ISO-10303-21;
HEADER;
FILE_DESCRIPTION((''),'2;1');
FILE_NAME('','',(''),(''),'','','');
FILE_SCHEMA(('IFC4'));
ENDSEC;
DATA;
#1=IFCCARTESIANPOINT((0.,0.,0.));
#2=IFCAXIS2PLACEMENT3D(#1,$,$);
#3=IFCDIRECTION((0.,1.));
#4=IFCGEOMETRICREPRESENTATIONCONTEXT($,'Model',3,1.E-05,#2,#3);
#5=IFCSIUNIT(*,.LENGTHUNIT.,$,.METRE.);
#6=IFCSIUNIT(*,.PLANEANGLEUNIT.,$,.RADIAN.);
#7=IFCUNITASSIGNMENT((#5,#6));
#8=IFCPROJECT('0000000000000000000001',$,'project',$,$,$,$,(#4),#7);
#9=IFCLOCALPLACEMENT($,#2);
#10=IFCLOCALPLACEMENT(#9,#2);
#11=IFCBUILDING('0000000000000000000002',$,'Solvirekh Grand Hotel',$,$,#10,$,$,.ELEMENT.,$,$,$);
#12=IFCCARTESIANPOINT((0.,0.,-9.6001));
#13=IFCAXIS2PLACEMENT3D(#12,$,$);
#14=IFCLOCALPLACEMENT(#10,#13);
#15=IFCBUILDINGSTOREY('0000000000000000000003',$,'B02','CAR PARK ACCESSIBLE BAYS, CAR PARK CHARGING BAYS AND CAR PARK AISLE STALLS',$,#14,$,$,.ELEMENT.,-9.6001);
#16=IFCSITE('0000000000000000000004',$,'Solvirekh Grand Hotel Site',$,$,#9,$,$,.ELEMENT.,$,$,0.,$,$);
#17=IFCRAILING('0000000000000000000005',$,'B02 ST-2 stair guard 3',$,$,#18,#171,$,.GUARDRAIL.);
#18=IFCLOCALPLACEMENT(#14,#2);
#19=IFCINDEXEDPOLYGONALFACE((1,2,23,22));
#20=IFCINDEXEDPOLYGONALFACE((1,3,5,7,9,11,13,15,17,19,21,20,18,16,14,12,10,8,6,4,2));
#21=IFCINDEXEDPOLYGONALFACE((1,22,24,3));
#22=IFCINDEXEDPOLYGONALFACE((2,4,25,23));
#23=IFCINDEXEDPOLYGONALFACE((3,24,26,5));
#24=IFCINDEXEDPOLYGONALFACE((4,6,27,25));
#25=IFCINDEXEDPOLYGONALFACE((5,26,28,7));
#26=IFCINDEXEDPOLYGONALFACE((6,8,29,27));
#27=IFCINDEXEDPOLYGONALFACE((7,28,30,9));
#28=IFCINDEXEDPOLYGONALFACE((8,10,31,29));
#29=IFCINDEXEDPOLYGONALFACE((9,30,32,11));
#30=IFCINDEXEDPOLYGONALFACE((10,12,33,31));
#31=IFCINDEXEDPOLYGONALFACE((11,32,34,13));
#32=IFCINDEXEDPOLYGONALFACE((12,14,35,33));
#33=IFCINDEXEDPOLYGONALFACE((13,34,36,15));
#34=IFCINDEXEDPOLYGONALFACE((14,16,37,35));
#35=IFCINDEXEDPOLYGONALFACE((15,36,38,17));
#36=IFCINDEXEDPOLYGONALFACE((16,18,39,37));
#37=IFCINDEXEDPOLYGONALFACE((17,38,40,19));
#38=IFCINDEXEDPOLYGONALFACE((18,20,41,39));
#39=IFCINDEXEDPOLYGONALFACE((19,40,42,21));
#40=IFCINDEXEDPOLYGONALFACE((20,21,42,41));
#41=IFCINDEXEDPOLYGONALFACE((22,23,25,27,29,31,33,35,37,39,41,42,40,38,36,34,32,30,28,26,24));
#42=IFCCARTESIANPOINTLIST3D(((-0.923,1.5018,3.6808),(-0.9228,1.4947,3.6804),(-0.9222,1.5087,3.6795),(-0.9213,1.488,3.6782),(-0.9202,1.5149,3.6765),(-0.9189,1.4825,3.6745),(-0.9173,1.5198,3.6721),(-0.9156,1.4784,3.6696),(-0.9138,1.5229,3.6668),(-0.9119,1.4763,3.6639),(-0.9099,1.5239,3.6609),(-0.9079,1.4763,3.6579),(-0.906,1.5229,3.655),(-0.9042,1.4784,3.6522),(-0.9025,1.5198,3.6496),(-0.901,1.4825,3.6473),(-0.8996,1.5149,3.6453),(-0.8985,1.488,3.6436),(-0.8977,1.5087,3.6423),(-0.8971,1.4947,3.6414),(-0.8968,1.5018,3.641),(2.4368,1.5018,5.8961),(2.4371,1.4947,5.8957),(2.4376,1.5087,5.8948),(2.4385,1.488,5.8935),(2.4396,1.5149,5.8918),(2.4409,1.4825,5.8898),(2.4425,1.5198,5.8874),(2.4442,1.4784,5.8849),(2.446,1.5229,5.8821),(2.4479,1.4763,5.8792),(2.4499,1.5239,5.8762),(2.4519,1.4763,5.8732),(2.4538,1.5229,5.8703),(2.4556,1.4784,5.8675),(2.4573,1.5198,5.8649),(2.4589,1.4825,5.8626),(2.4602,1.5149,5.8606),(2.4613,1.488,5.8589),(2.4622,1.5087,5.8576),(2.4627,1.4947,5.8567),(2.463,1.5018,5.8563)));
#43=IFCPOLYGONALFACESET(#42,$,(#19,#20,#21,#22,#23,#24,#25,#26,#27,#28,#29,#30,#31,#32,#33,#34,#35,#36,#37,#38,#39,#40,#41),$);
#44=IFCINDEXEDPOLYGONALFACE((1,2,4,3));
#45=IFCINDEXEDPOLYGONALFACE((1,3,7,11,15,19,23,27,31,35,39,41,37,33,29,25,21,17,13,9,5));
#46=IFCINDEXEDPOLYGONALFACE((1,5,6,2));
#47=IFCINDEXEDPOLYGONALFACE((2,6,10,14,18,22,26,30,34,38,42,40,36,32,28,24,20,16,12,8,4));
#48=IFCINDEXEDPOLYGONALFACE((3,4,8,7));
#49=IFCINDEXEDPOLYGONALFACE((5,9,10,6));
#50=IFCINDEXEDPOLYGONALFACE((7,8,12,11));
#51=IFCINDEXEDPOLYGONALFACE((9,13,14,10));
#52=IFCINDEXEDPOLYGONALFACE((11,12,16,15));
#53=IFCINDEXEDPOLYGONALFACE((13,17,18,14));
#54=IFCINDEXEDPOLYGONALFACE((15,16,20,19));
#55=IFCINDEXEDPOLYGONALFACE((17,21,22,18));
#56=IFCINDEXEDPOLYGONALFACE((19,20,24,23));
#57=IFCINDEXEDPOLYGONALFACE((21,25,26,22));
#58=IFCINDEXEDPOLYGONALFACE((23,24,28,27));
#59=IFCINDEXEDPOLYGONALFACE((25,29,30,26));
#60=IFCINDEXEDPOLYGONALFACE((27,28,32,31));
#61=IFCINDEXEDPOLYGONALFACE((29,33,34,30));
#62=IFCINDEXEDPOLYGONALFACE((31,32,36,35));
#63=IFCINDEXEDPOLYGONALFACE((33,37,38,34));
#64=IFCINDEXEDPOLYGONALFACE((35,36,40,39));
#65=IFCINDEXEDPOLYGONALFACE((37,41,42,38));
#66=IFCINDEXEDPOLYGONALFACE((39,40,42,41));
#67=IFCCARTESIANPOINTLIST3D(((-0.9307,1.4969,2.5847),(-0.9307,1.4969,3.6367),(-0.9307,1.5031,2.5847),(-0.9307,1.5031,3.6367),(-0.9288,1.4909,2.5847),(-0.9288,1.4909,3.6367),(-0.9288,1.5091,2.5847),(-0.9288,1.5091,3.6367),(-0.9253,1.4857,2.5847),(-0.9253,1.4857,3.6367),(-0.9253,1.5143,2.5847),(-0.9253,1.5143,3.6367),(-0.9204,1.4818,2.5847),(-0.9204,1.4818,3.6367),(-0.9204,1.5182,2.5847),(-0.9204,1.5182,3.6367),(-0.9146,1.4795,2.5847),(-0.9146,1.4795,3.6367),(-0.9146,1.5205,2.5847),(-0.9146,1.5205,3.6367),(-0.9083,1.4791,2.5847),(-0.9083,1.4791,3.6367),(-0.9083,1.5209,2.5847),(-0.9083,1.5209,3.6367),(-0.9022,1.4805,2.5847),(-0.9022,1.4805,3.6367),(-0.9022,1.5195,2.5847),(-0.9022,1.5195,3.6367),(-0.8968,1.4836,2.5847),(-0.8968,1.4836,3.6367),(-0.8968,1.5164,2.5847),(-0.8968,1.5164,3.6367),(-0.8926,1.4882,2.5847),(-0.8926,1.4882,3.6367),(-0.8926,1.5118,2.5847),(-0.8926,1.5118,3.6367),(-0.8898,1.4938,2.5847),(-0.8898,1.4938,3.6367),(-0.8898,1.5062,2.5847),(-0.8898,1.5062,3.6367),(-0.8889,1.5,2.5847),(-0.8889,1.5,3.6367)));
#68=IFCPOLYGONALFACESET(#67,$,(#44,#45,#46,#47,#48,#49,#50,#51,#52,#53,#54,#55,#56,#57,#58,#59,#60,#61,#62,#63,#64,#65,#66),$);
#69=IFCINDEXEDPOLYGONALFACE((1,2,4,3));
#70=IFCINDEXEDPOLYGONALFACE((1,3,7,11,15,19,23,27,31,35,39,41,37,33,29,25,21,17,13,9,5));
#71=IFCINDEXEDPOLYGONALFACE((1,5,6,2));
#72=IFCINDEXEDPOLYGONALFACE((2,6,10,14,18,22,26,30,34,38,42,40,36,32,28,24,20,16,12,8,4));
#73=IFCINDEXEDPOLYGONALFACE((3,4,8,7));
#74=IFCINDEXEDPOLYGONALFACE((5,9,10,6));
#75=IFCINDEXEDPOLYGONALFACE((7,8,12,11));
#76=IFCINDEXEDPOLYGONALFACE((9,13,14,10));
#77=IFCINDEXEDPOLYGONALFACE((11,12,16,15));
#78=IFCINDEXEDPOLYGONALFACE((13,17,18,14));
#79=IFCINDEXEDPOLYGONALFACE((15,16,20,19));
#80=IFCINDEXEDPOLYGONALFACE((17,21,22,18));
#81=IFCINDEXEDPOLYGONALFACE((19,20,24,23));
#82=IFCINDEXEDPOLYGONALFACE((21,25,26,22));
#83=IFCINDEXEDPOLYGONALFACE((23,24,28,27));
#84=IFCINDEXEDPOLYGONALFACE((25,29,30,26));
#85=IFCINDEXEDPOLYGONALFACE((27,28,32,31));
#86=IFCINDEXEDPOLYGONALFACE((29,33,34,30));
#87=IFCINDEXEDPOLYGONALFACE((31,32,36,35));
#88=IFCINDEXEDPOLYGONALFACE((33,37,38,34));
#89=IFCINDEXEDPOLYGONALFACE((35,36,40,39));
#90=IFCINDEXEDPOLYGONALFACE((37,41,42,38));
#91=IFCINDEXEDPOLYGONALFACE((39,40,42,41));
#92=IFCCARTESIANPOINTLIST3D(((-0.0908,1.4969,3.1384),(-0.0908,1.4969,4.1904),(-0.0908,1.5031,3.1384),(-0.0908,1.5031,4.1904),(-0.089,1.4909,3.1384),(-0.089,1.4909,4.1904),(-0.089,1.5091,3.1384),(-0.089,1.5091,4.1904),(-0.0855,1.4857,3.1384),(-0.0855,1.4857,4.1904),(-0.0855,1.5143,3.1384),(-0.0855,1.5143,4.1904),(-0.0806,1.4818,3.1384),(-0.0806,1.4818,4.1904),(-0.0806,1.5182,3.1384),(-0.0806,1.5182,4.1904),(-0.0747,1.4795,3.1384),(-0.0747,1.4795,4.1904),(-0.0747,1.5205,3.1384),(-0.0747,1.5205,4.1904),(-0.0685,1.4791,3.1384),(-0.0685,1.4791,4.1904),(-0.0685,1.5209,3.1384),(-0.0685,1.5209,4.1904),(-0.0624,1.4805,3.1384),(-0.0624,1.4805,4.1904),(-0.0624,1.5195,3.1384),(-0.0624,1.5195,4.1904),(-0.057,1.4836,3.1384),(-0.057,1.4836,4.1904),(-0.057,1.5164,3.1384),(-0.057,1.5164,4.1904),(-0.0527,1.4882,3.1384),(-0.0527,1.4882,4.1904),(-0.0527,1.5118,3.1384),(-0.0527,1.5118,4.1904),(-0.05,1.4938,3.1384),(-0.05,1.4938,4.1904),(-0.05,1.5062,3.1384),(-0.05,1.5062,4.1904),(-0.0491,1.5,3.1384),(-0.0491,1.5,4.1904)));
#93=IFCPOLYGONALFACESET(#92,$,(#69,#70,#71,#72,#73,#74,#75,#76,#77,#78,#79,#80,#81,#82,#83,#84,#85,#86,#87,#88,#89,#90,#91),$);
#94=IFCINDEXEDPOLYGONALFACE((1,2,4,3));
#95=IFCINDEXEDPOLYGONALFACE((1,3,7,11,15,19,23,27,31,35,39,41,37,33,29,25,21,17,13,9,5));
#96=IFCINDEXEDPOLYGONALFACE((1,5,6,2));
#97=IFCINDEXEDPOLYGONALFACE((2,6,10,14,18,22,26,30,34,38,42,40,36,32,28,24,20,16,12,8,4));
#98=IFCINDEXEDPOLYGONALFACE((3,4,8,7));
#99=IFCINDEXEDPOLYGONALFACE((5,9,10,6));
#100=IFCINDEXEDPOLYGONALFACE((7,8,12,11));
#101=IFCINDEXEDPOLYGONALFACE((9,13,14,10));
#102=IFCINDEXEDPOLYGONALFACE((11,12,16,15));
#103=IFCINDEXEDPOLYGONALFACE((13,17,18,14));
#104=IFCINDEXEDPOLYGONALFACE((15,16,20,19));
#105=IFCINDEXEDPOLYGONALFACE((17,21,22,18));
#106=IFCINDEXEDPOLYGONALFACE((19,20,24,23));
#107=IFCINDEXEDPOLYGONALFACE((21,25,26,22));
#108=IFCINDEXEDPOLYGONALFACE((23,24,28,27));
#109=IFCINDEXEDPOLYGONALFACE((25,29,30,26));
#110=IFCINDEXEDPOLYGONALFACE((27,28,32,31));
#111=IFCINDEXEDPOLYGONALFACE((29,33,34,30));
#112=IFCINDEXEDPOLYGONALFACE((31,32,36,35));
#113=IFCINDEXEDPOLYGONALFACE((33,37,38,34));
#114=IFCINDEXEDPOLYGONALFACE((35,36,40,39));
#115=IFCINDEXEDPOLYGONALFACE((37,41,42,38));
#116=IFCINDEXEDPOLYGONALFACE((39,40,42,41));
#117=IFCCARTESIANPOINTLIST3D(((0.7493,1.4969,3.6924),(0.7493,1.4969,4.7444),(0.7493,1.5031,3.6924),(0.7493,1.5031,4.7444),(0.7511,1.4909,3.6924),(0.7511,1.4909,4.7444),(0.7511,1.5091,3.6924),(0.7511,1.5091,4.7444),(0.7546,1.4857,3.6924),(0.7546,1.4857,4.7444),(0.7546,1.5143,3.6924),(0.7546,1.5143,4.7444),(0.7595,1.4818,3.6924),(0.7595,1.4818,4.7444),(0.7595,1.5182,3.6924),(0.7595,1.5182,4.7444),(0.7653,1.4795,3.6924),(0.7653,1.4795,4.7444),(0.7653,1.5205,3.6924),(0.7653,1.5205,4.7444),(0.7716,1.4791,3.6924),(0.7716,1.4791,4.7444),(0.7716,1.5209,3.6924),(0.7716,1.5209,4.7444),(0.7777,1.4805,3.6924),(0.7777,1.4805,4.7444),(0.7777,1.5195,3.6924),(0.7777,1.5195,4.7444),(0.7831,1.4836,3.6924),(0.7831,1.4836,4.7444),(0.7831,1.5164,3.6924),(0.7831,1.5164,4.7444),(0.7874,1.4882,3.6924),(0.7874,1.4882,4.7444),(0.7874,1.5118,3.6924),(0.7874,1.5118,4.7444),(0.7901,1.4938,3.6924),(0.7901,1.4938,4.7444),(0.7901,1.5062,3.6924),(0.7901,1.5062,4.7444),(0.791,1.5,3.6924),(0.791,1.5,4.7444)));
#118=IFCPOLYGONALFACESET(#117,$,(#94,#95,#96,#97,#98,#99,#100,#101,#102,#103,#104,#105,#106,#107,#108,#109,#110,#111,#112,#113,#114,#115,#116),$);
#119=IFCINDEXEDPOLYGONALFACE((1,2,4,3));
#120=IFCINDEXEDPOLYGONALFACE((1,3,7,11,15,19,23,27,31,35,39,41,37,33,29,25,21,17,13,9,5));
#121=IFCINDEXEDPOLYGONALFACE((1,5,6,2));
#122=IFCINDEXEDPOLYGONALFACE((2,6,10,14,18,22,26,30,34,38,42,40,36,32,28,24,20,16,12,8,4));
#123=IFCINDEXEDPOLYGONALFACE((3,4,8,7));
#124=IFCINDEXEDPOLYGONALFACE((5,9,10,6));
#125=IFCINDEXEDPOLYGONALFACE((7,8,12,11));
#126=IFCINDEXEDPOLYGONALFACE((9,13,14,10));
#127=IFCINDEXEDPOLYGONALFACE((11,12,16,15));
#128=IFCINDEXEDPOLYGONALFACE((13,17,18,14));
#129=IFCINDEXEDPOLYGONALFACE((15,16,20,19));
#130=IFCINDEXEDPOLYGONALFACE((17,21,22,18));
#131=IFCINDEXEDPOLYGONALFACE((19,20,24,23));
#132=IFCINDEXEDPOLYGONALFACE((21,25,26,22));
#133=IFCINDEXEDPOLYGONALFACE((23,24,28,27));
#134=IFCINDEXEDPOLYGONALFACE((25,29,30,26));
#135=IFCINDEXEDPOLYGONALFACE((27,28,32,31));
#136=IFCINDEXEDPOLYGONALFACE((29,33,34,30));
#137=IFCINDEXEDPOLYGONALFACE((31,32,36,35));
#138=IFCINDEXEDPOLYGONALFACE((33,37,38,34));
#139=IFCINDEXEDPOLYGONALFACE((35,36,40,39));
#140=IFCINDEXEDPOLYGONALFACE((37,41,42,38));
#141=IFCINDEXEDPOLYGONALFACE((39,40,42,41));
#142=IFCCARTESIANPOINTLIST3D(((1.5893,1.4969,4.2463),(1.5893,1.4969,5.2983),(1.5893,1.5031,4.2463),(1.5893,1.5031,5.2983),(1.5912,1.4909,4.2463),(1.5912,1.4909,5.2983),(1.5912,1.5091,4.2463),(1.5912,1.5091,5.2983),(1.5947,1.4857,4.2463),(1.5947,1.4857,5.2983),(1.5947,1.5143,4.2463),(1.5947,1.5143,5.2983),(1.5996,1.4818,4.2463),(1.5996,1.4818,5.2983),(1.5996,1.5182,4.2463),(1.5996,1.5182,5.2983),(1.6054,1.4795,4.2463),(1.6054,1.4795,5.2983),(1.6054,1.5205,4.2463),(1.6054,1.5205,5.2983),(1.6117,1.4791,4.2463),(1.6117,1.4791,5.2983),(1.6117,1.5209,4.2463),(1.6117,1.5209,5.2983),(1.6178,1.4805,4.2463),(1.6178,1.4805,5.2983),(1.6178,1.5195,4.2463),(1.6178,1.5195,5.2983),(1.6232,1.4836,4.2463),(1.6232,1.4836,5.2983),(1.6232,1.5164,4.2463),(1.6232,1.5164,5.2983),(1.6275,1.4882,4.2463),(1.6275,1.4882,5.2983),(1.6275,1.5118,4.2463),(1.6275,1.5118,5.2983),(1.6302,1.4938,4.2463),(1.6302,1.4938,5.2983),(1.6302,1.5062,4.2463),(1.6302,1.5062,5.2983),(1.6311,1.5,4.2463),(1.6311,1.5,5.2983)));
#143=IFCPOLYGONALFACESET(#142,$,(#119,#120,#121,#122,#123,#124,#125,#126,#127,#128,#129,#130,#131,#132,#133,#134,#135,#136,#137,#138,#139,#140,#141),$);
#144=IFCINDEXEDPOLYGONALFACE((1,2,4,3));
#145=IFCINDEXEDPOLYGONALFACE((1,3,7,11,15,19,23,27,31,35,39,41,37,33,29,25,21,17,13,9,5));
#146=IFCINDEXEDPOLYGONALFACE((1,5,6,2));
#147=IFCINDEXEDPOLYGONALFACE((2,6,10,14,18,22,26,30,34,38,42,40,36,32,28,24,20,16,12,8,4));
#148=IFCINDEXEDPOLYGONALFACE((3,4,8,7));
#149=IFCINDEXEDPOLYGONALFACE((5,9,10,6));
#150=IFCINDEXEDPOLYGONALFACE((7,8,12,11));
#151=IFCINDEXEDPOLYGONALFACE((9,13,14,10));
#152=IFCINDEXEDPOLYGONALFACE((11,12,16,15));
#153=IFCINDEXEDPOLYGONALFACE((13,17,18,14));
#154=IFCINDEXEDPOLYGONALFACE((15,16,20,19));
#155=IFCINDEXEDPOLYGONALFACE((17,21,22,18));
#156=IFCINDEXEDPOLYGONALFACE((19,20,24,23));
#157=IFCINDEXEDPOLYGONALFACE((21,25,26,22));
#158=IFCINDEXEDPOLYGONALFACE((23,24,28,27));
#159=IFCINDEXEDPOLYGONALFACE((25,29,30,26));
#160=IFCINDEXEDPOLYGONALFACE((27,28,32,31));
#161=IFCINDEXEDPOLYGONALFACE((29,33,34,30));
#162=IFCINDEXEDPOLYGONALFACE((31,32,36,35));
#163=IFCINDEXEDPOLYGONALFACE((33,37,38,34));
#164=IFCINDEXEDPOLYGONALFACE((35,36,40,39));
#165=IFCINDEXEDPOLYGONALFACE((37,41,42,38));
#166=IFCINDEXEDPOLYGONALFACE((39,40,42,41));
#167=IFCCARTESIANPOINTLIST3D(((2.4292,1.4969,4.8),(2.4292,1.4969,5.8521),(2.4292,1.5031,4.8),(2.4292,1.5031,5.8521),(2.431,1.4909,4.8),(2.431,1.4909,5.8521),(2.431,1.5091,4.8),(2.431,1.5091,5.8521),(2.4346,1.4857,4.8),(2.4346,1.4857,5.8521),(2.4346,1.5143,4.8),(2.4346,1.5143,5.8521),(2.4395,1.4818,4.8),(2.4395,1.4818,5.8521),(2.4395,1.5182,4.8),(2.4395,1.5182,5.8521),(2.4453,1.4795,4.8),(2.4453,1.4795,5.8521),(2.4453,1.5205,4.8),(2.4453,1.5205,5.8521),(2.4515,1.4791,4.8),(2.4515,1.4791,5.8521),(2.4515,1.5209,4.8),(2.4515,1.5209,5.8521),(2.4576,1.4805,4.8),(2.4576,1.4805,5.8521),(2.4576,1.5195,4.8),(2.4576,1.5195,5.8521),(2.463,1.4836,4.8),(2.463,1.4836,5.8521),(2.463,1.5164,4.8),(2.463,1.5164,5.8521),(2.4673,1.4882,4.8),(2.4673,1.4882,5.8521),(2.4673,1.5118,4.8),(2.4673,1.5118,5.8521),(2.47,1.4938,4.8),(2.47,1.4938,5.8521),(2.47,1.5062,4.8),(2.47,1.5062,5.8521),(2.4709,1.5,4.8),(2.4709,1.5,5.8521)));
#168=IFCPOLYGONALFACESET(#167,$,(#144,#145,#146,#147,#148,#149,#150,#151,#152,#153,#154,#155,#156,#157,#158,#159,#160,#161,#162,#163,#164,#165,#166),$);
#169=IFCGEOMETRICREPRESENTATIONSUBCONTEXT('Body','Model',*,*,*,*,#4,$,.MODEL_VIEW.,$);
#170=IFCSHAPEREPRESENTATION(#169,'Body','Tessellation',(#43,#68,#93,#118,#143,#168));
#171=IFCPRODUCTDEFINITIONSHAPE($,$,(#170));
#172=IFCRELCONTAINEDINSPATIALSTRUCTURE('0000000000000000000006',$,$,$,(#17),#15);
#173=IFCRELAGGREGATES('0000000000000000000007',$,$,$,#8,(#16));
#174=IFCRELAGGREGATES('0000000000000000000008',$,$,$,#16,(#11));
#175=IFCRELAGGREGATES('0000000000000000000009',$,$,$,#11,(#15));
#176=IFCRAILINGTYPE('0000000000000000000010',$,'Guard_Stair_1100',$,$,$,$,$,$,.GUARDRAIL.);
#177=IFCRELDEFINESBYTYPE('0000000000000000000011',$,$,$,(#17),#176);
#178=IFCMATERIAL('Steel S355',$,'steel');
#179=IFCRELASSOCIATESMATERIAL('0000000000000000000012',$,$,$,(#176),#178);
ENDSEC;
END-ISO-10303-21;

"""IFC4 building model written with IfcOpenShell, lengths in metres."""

from ifc_helpers import new_model, si_unit, direction, frame, origin, origin_2d, place, context, subcontext, project, spatial, circle, extrude, material, type_object, element, save


model = new_model("IFC4")

# Units and contexts
model_context = context("Model", 3, precision=1e-05, world=origin(), true_north=direction((0.0, 1.0)))
body_context = subcontext(model_context, "Body", "Model", "MODEL_VIEW")
ifc_project = project(units=[si_unit("LENGTHUNIT", "METRE"), si_unit("PLANEANGLEUNIT", "RADIAN")], contexts=[model_context])

# Site, building, storey
site_placement = place(None, origin())
site = spatial("IfcSite", under=ifc_project, at=site_placement, Name="Solvirekh Grand Hotel Site", CompositionType="ELEMENT", RefElevation=0.0)
building_placement = place(site_placement, origin())
building = spatial("IfcBuilding", under=site, at=building_placement, Name="Solvirekh Grand Hotel", CompositionType="ELEMENT")
storey_placement = place(building_placement, frame((0.0, 0.0, -9.6001)))
storey = spatial("IfcBuildingStorey", under=building, at=storey_placement, Name="B02", Description="CAR PARK ACCESSIBLE BAYS, CAR PARK CHARGING BAYS AND CAR PARK AISLE STALLS", CompositionType="ELEMENT", Elevation=-9.6001)

# Shared definitions
ifc_material_1 = material(Name="Steel S355", Category="steel")

# Railing
railing_type_1 = type_object("IfcRailingType", Name="Guard_Stair_1100", PredefinedType="GUARDRAIL", material=ifc_material_1)
railing_1_placement = place(storey_placement, frame((-0.9099, 1.5, 2.5847)))
element("IfcRailing", 1, at=railing_1_placement, inside=storey, type_object=railing_type_1, Name="B02 ST-2 stair guard 3", PredefinedType="GUARDRAIL", context=body_context, shape_type="SweptSolid", body=[
    extrude(circle(Radius=0.0239, at=origin_2d()), frame((0.0, 0.0, 1.0762), z_axis=(0.834858, 0.0, 0.550465), x_axis=(0.0, 1.0, 0.0)), (0.0, 0.0, 1.0), 4.0244),
    extrude(circle(Radius=0.021, at=origin_2d()), origin(), (0.0, 0.0, 1.0), 1.052),
    extrude(circle(Radius=0.021, at=origin_2d()), frame((0.8398, 0.0, 0.5537)), (0.0, 0.0, 1.0), 1.052),
    extrude(circle(Radius=0.021, at=origin_2d()), frame((1.6799, 0.0, 1.1077)), (0.0, 0.0, 1.0), 1.052),
    extrude(circle(Radius=0.021, at=origin_2d()), frame((2.52, 0.0, 1.6616)), (0.0, 0.0, 1.0), 1.052),
    extrude(circle(Radius=0.021, at=origin_2d()), frame((3.3599, 0.0, 2.2153)), (0.0, 0.0, 1.0), 1.052),
])

save(model, "model.ifc")
